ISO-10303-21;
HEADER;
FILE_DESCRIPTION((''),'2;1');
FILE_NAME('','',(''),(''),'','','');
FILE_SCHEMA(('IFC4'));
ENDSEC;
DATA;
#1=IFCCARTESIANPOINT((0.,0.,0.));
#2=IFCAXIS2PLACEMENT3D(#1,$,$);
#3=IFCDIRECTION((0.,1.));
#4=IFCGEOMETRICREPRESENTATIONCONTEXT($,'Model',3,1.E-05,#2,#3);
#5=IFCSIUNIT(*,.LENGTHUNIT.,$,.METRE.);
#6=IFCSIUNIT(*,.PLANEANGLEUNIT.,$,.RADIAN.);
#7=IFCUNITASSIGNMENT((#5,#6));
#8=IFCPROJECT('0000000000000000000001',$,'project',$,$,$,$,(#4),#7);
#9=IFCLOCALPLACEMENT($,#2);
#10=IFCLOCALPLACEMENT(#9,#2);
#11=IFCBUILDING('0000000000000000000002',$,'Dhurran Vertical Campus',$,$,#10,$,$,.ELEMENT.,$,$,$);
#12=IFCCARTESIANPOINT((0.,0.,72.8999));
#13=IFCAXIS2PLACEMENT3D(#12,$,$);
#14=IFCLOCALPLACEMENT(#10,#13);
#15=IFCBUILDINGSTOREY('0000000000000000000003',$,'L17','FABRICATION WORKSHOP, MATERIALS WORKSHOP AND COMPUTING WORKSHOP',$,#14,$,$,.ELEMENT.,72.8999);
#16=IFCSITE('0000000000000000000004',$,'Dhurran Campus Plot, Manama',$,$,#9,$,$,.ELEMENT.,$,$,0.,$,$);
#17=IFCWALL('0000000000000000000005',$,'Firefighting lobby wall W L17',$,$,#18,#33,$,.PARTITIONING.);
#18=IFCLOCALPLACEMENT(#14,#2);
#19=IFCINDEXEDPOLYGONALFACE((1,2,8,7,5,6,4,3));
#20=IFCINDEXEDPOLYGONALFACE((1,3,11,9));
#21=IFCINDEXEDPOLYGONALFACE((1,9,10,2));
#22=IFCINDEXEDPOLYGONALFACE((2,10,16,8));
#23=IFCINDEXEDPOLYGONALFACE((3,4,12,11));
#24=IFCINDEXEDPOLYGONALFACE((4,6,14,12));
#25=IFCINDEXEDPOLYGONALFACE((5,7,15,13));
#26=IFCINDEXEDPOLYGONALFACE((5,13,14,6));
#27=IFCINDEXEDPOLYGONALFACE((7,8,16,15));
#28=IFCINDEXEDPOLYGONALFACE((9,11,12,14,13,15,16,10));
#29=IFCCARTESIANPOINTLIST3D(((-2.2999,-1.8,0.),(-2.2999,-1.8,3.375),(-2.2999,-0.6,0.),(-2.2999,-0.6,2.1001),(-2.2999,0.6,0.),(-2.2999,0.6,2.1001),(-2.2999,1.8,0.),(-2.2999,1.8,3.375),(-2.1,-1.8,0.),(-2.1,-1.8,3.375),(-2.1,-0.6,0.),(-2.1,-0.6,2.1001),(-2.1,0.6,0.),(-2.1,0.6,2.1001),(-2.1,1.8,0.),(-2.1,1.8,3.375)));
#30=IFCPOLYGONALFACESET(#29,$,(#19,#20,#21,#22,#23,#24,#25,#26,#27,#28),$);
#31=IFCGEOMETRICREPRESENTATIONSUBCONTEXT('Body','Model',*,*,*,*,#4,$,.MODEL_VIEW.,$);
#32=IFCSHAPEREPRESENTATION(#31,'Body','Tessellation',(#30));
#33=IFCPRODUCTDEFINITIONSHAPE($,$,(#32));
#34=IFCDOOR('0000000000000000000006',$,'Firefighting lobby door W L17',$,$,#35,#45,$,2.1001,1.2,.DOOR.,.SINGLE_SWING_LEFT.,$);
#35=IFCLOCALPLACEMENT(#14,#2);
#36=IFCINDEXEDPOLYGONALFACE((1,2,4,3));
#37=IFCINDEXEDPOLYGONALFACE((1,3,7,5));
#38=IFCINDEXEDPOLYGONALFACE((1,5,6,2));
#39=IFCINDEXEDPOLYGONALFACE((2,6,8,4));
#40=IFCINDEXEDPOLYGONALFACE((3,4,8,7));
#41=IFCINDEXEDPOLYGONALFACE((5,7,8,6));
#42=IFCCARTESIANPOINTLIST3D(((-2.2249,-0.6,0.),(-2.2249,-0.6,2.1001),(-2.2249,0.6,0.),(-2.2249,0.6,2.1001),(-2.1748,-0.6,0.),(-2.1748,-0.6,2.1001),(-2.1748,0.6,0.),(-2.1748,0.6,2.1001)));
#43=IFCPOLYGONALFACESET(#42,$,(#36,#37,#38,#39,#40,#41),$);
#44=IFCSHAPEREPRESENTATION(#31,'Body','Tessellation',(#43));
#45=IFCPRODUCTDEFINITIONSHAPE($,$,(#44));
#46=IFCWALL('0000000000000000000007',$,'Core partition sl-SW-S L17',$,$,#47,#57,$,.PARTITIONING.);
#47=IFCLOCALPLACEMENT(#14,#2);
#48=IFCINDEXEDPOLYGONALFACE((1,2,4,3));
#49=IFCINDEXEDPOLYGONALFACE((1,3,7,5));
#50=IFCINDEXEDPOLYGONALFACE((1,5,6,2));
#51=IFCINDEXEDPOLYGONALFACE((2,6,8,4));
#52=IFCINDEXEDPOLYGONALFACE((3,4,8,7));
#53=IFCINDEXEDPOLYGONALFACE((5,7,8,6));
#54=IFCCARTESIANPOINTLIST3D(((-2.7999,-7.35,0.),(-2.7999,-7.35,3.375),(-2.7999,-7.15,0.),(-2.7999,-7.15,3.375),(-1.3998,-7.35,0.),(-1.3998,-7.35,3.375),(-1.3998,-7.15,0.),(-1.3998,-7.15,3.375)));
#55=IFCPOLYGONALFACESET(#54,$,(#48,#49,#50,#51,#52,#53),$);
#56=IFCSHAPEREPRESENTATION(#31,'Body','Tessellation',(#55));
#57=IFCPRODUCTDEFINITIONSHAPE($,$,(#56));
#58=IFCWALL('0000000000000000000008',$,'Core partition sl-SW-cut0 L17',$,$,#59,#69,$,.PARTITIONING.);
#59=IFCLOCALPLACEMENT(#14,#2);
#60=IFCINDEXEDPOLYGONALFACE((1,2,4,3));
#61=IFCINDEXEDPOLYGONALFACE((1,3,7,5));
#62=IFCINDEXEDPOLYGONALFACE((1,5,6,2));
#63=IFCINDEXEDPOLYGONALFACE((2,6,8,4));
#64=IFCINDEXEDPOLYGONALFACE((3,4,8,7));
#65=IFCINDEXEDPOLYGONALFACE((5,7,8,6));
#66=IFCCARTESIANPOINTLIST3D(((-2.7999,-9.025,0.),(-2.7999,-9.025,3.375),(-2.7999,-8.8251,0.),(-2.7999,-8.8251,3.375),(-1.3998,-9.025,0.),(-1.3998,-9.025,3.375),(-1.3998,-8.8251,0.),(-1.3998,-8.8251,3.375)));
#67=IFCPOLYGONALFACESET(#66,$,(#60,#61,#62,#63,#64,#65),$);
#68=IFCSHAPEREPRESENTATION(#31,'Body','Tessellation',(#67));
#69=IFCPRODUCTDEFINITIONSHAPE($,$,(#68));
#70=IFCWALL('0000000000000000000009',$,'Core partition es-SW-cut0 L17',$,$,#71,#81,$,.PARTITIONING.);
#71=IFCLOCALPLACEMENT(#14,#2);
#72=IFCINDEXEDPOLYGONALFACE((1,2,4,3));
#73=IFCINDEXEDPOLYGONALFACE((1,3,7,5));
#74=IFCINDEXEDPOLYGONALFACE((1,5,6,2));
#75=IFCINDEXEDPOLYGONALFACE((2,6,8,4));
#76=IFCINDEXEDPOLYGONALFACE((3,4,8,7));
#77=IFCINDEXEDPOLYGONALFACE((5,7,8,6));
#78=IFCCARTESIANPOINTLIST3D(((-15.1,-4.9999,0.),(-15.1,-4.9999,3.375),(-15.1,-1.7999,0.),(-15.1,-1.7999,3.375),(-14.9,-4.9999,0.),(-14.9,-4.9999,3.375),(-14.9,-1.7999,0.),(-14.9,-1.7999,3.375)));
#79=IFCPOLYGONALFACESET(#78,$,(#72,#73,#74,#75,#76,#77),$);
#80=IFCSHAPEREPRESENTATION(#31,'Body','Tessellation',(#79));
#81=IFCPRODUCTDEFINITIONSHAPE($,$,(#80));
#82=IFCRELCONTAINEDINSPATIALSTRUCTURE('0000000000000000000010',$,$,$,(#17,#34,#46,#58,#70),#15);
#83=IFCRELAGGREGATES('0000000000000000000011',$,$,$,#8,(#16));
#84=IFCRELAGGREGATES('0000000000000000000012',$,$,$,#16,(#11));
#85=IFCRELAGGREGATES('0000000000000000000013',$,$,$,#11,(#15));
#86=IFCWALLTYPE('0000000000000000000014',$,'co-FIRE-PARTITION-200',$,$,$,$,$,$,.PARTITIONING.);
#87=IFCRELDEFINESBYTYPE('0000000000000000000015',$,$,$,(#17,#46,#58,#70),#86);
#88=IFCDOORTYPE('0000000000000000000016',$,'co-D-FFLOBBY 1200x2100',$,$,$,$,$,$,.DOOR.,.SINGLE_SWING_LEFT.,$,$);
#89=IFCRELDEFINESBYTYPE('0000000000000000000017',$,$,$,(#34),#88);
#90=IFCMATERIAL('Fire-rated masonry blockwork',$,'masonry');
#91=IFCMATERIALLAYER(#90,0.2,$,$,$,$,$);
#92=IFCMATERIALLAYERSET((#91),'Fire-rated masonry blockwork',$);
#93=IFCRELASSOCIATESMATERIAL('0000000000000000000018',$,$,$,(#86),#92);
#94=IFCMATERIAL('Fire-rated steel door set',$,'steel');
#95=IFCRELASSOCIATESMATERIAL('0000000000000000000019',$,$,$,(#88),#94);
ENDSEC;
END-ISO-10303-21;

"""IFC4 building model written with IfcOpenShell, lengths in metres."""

from ifc_helpers import new_model, si_unit, direction, frame, frame_2d, origin, place, context, subcontext, project, spatial, rectangle, extrude, material, layer, layer_set, type_object, element, fill, save


model = new_model("IFC4")

# Units and contexts
model_context = context("Model", 3, precision=1e-05, world=origin(), true_north=direction((0.0, 1.0)))
body_context = subcontext(model_context, "Body", "Model", "MODEL_VIEW")
ifc_project = project(units=[si_unit("LENGTHUNIT", "METRE"), si_unit("PLANEANGLEUNIT", "RADIAN")], contexts=[model_context])

# Site, building, storey
site_placement = place(None, origin())
site = spatial("IfcSite", under=ifc_project, at=site_placement, Name="Dhurran Campus Plot, Manama", CompositionType="ELEMENT", RefElevation=0.0)
building_placement = place(site_placement, origin())
building = spatial("IfcBuilding", under=site, at=building_placement, Name="Dhurran Vertical Campus", CompositionType="ELEMENT")
storey_placement = place(building_placement, frame((0.0, 0.0, 72.8999)))
storey = spatial("IfcBuildingStorey", under=building, at=storey_placement, Name="L17", Description="FABRICATION WORKSHOP, MATERIALS WORKSHOP AND COMPUTING WORKSHOP", CompositionType="ELEMENT", Elevation=72.8999)

# Wall, opening, door
ifc_material_1 = material(Name="Fire-rated masonry blockwork", Category="masonry")
ifc_layer_1 = layer(ifc_material_1, 0.2)
ifc_layer_set_1 = layer_set([ifc_layer_1], Name="Fire-rated masonry blockwork")
wall_type_1 = type_object("IfcWallType", Name="co-FIRE-PARTITION-200", PredefinedType="PARTITIONING", material=ifc_layer_set_1)
wall_1_placement = place(storey_placement, frame((-2.2, -1.8, 0.0), z_axis=(0.0, 0.0, 1.0), x_axis=(0.0, 1.0, 0.0)))
wall_1 = element("IfcWall", 1, at=wall_1_placement, inside=storey, type_object=wall_type_1, Name="Firefighting lobby wall W L17", PredefinedType="PARTITIONING", context=body_context, shape_type="SweptSolid", body=[
    extrude(rectangle(XDim=3.6001, YDim=0.2, at=frame_2d((1.8, 0.0))), origin(), (0.0, 0.0, 1.0), 3.375),
])
opening_1_placement = place(wall_1_placement, frame((1.2, 0.0, 0.0)))
opening_1 = element("IfcOpeningElement", 2, at=opening_1_placement, cuts=wall_1, PredefinedType="OPENING", context=body_context, shape_type="SweptSolid", body=[
    extrude(rectangle(XDim=1.2, YDim=2.1001, at=frame_2d((0.6001, 1.05))), frame((0.0, 0.1099, 0.0), z_axis=(0.0, -1.0, 0.0), x_axis=(1.0, 0.0, 0.0)), (0.0, 0.0, 1.0), 0.22),
])
ifc_material_2 = material(Name="Fire-rated steel door set", Category="steel")
door_type_1 = type_object("IfcDoorType", Name="co-D-FFLOBBY 1200x2100", OperationType="SINGLE_SWING_LEFT", PredefinedType="DOOR", material=ifc_material_2)
door_1_placement = place(opening_1_placement, origin())
door_1 = element("IfcDoor", 3, at=door_1_placement, inside=storey, type_object=door_type_1, Name="Firefighting lobby door W L17", OperationType="SINGLE_SWING_LEFT", OverallHeight=2.1001, OverallWidth=1.2, PredefinedType="DOOR", context=body_context, shape_type="SweptSolid", body=[
    extrude(rectangle(XDim=1.2, YDim=2.1001, at=frame_2d((0.6001, 1.05))), frame((0.0, 0.0249, 0.0), z_axis=(0.0, -1.0, 0.0), x_axis=(1.0, 0.0, 0.0)), (0.0, 0.0, 1.0), 0.05),
])
fill(opening_1, door_1)

# Walls
for number, where, z_axis, x_axis, name in (
    (4, (-2.8, -7.25, 0.0), (0.0, 0.0, 1.0), (1.0, 0.0, 0.0), "Core partition sl-SW-S L17"),
    (5, (-2.8, -8.925, 0.0), (0.0, 0.0, 1.0), (1.0, 0.0, 0.0), "Core partition sl-SW-cut0 L17"),
):
    element("IfcWall", number, at=place(storey_placement, frame(where, z_axis=z_axis, x_axis=x_axis)), inside=storey, type_object=wall_type_1, Name=name, PredefinedType="PARTITIONING", context=body_context, shape_type="SweptSolid", body=[
        extrude(rectangle(XDim=1.4001, YDim=0.2, at=frame_2d((0.7002, 0.0))), origin(), (0.0, 0.0, 1.0), 3.375),
    ])
wall_2_placement = place(storey_placement, frame((-15.0, -5.0, 0.0), z_axis=(0.0, 0.0, 1.0), x_axis=(0.0, 1.0, 0.0)))
element("IfcWall", 6, at=wall_2_placement, inside=storey, type_object=wall_type_1, Name="Core partition es-SW-cut0 L17", PredefinedType="PARTITIONING", context=body_context, shape_type="SweptSolid", body=[
    extrude(rectangle(XDim=3.2, YDim=0.2, at=frame_2d((1.6001, 0.0))), origin(), (0.0, 0.0, 1.0), 3.375),
])

save(model, "model.ifc")
